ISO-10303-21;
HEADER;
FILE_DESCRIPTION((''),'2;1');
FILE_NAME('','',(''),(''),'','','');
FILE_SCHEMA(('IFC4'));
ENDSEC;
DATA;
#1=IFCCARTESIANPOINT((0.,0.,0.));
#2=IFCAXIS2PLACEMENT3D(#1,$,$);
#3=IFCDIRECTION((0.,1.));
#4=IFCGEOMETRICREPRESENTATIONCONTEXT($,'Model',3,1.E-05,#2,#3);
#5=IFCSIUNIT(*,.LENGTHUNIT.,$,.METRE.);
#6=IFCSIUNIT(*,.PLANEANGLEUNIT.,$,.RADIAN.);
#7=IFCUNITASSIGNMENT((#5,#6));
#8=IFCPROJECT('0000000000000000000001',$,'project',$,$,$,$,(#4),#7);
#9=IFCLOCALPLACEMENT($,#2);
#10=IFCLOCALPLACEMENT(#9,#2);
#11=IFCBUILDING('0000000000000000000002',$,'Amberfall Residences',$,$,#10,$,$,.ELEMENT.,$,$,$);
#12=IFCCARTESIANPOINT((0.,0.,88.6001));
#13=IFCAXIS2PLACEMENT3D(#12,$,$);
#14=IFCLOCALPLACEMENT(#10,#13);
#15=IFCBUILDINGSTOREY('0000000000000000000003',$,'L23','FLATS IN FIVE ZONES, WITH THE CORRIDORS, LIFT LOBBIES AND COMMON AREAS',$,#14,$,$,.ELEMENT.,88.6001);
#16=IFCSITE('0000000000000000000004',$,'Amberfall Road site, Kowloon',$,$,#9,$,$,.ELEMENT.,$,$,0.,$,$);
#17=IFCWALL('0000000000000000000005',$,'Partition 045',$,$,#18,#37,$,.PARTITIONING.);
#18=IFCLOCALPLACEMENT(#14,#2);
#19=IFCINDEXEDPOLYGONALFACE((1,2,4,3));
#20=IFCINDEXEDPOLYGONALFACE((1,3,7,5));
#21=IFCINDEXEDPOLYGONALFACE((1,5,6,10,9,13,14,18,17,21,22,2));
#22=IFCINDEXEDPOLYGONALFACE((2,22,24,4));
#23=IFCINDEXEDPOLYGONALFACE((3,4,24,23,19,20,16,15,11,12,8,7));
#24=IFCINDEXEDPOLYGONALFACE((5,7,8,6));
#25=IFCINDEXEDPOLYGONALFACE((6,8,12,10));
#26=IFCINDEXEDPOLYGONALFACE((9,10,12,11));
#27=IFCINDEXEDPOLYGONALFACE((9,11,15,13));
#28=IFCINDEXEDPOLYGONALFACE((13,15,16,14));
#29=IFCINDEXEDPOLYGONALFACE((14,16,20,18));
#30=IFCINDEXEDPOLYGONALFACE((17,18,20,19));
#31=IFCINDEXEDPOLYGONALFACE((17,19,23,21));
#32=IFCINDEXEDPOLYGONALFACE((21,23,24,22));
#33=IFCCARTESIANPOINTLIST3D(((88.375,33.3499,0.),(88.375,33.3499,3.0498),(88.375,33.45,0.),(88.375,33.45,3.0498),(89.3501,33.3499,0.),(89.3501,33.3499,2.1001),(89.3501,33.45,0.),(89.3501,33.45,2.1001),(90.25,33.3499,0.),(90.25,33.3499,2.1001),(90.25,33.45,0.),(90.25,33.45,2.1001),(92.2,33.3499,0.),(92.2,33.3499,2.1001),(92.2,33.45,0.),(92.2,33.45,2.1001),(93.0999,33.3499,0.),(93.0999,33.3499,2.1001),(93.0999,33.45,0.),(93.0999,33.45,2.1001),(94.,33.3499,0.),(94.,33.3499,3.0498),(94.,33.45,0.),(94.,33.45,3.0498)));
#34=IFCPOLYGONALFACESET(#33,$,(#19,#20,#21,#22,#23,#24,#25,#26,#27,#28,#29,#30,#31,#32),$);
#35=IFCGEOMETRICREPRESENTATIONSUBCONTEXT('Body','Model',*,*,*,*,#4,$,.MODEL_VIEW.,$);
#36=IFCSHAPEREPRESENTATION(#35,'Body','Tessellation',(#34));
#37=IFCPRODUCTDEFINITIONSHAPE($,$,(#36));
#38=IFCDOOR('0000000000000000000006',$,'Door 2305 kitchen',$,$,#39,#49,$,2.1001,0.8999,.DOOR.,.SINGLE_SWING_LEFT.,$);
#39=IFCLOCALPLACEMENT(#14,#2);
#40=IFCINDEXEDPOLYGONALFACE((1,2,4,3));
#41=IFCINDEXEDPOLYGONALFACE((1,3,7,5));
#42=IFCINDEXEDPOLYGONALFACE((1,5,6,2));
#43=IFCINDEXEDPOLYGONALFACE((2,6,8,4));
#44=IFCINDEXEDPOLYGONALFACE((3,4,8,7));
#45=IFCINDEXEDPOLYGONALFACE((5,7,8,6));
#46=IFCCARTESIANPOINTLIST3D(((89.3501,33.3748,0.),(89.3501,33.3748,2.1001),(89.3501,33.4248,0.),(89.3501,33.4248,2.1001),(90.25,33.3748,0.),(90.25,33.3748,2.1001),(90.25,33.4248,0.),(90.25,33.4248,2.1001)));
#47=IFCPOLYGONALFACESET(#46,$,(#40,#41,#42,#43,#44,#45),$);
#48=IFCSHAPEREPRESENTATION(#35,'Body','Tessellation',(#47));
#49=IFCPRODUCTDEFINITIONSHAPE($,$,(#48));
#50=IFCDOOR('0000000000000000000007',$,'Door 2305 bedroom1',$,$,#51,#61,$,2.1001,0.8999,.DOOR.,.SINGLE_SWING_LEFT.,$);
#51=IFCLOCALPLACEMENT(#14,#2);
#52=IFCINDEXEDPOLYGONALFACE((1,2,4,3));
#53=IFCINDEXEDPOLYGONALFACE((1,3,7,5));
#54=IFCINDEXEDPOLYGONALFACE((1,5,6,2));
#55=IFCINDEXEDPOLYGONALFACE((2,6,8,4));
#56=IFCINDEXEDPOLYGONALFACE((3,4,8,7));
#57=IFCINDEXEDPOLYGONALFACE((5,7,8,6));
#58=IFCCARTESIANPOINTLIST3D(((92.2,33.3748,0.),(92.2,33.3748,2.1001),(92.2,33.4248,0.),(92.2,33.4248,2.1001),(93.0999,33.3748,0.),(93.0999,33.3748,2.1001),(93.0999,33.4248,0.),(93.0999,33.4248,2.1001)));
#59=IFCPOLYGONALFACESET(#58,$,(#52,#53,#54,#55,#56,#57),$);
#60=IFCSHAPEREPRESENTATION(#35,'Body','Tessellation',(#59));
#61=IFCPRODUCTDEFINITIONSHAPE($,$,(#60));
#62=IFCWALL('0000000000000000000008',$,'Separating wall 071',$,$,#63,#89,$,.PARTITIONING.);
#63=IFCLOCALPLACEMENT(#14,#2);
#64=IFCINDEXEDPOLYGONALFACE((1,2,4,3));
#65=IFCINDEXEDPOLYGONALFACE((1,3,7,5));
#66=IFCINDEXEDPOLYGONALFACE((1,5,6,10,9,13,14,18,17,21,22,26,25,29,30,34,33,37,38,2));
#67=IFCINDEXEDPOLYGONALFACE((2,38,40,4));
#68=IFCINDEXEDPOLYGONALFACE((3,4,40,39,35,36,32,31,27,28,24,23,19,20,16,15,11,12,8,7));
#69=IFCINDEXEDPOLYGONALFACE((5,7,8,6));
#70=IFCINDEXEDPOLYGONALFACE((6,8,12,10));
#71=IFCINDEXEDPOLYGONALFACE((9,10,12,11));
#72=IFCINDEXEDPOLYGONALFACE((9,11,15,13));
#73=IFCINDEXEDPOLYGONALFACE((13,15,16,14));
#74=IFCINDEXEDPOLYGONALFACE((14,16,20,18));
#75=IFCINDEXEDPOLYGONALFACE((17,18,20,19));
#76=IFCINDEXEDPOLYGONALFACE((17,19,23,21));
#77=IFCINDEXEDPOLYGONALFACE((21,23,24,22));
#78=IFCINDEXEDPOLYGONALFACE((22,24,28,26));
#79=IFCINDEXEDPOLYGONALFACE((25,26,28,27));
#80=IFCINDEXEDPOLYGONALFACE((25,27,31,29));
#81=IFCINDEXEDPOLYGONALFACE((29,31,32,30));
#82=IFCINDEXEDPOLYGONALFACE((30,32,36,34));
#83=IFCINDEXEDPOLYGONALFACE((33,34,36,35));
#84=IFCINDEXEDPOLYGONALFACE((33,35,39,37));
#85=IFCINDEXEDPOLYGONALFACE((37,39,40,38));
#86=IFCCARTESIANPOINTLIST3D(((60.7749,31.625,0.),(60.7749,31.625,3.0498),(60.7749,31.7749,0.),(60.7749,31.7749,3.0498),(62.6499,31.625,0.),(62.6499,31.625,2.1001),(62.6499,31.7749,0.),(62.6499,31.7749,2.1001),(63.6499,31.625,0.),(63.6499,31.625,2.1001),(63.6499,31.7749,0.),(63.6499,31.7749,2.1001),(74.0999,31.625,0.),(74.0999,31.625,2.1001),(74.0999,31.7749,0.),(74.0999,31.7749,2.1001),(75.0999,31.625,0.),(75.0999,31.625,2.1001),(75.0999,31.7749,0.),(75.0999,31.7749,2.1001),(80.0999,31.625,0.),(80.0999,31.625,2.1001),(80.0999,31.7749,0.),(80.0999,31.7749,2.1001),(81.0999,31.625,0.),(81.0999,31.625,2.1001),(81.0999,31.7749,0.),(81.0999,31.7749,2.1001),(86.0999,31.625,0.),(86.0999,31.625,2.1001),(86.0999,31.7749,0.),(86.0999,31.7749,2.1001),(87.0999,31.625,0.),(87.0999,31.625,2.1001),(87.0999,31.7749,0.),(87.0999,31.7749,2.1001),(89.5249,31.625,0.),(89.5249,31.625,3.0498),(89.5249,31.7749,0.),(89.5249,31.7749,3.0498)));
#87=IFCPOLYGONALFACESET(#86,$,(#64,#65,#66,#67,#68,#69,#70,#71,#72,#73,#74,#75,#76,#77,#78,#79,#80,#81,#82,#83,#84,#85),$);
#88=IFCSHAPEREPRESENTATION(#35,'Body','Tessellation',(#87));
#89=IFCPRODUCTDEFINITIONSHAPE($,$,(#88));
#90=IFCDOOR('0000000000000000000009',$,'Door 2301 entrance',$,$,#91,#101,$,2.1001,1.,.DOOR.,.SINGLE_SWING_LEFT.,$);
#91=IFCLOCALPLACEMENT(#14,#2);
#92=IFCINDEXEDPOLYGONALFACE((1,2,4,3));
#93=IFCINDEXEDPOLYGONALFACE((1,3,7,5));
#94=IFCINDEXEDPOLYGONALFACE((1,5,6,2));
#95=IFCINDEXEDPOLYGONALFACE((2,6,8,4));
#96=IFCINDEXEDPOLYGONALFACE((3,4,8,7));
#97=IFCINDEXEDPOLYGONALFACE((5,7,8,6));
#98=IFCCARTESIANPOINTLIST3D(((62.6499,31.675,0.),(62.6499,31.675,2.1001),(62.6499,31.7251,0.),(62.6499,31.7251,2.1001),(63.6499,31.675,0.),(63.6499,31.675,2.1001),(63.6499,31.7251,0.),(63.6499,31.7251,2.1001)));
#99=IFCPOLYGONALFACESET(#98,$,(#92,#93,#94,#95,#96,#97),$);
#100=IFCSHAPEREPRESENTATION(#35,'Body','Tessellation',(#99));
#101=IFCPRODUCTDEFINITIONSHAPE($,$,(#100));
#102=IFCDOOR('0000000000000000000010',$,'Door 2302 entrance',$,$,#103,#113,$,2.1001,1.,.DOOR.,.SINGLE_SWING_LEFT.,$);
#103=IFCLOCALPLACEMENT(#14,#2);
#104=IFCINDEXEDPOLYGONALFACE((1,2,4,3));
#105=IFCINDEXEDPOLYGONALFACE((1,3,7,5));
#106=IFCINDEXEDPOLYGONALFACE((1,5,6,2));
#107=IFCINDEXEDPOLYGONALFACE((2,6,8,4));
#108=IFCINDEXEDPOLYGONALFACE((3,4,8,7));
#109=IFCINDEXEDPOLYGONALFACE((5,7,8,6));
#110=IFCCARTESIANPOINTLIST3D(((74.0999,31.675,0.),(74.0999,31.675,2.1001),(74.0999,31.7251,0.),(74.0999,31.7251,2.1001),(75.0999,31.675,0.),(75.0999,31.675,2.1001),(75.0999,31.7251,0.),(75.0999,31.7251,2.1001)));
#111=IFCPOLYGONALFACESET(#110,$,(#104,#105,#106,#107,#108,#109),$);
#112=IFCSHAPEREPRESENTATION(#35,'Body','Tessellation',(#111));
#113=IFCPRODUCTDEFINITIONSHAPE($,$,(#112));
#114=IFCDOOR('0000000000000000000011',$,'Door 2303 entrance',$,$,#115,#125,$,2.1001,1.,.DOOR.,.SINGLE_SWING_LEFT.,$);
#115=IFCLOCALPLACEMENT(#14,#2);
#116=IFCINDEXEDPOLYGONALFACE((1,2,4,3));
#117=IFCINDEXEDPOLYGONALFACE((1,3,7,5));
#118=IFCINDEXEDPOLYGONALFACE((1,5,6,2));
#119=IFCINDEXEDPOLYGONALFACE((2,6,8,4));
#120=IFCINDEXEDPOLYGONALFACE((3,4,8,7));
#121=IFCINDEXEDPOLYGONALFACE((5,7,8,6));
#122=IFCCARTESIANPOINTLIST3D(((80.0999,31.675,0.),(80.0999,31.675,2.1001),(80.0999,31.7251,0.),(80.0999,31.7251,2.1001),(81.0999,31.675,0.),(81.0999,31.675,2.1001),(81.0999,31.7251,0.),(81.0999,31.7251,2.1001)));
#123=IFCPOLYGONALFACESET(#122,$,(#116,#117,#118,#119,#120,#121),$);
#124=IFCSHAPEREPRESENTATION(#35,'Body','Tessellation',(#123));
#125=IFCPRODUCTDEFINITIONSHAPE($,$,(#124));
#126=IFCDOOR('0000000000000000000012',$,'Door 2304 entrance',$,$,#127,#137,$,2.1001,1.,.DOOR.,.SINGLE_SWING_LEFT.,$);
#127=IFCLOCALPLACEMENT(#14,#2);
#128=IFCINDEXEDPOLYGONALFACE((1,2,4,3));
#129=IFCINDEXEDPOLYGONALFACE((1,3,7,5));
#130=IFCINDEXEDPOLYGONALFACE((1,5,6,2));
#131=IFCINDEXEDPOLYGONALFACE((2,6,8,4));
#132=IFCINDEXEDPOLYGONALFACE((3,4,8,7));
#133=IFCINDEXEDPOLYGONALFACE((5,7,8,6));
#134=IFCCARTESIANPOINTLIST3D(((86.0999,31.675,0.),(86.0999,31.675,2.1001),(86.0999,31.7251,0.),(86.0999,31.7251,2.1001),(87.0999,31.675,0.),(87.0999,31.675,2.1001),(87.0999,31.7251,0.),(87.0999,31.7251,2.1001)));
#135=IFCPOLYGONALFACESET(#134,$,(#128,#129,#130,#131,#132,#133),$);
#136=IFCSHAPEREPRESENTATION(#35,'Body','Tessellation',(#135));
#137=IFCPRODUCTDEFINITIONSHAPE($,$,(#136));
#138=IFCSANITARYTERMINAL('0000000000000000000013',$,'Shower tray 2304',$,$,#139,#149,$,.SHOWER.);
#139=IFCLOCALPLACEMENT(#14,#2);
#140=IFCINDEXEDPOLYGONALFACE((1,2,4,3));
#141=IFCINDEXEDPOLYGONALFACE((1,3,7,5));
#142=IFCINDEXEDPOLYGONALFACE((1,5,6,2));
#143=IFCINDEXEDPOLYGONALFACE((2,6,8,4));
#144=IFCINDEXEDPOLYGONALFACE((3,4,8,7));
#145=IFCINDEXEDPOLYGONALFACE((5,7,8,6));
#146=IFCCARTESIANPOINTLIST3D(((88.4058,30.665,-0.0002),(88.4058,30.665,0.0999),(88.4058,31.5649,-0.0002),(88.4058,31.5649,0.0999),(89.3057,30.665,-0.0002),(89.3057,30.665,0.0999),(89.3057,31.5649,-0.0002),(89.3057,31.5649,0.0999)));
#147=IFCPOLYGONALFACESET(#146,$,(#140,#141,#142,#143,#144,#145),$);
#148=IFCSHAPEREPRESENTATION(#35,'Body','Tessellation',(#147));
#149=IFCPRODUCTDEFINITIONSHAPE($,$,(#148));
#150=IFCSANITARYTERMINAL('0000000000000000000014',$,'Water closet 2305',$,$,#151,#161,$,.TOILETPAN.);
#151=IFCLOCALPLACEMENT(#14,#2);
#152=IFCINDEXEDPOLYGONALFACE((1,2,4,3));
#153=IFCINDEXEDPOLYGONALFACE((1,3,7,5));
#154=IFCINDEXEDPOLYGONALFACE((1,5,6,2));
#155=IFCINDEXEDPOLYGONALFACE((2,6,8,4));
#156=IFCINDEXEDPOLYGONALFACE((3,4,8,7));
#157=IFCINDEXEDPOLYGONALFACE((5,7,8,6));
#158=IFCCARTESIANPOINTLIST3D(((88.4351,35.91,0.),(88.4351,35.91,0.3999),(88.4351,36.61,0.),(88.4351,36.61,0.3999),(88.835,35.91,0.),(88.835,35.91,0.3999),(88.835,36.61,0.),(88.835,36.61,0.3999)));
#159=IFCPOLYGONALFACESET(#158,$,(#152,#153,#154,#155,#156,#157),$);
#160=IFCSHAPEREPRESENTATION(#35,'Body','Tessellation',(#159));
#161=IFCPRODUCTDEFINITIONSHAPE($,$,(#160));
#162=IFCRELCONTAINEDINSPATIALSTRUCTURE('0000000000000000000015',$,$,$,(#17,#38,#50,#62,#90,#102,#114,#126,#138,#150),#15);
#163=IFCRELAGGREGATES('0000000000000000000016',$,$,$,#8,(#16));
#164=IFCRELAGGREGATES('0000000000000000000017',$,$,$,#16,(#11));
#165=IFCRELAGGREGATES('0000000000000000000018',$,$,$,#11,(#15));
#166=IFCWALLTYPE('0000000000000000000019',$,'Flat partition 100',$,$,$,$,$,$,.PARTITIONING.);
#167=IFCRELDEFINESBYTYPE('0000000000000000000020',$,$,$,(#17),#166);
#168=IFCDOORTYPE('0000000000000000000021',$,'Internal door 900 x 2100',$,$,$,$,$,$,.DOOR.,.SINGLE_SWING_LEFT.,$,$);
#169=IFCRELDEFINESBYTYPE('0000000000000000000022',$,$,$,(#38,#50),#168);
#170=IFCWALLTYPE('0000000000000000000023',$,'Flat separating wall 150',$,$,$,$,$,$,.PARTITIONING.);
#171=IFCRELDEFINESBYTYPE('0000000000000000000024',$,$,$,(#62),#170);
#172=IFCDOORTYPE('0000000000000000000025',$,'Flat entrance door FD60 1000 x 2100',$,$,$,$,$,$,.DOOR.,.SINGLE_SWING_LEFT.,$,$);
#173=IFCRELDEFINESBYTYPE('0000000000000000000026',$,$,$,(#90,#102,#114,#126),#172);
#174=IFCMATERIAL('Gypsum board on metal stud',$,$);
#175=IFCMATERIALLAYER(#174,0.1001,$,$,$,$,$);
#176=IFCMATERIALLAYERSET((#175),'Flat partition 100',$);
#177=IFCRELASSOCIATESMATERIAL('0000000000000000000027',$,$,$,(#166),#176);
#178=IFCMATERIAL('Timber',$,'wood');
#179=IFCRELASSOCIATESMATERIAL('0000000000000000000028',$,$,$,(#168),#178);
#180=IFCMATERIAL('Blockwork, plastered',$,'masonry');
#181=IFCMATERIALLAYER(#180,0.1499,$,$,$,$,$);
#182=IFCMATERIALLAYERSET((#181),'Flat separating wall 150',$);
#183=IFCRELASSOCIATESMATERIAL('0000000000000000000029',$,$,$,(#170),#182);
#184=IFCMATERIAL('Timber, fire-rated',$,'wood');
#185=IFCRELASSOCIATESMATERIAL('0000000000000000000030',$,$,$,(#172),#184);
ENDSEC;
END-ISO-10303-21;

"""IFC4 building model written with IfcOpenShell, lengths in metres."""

from ifc_helpers import new_model, si_unit, direction, frame, frame_2d, origin, origin_2d, place, context, subcontext, project, spatial, rectangle, extrude, material, layer, layer_set, type_object, element, fill, save


model = new_model("IFC4")

# Units and contexts
model_context = context("Model", 3, precision=1e-05, world=origin(), true_north=direction((0.0, 1.0)))
body_context = subcontext(model_context, "Body", "Model", "MODEL_VIEW")
ifc_project = project(units=[si_unit("LENGTHUNIT", "METRE"), si_unit("PLANEANGLEUNIT", "RADIAN")], contexts=[model_context])

# Site, building, storey
site_placement = place(None, origin())
site = spatial("IfcSite", under=ifc_project, at=site_placement, Name="Amberfall Road site, Kowloon", CompositionType="ELEMENT", RefElevation=0.0)
building_placement = place(site_placement, origin())
building = spatial("IfcBuilding", under=site, at=building_placement, Name="Amberfall Residences", CompositionType="ELEMENT")
storey_placement = place(building_placement, frame((0.0, 0.0, 88.6001)))
storey = spatial("IfcBuildingStorey", under=building, at=storey_placement, Name="L23", Description="FLATS IN FIVE ZONES, WITH THE CORRIDORS, LIFT LOBBIES AND COMMON AREAS", CompositionType="ELEMENT", Elevation=88.6001)

# Shared definitions
ifc_material_1 = material(Name="Gypsum board on metal stud")
ifc_layer_1 = layer(ifc_material_1, 0.1001)
ifc_layer_set_1 = layer_set([ifc_layer_1], Name="Flat partition 100")
wall_type_1 = type_object("IfcWallType", Name="Flat partition 100", PredefinedType="PARTITIONING", material=ifc_layer_set_1)
ifc_material_2 = material(Name="Timber", Category="wood")

# Walls, openings, doors
wall_1_placement = place(storey_placement, frame((88.375, 33.3999, 0.0), z_axis=(0.0, 0.0, 1.0), x_axis=(1.0, 0.0, 0.0)))
wall_1 = element("IfcWall", 1, at=wall_1_placement, inside=storey, type_object=wall_type_1, Name="Partition 045", PredefinedType="PARTITIONING", context=body_context, shape_type="SweptSolid", body=[
    extrude(rectangle(XDim=5.625, YDim=0.1001, at=frame_2d((2.8125, 0.0))), origin(), (0.0, 0.0, 1.0), 3.0498),
])
opening_1_placement = place(wall_1_placement, frame((0.9751, 0.0, 0.0)))
opening_1 = element("IfcOpeningElement", 2, at=opening_1_placement, cuts=wall_1, PredefinedType="OPENING", context=body_context, shape_type="SweptSolid", body=[
    extrude(rectangle(XDim=0.8999, YDim=2.1001, at=frame_2d((0.45, 1.05))), frame((0.0, 0.0601, 0.0), z_axis=(0.0, -1.0, 0.0), x_axis=(1.0, 0.0, 0.0)), (0.0, 0.0, 1.0), 0.1201),
])
opening_2_placement = place(wall_1_placement, frame((3.825, 0.0, 0.0)))
opening_2 = element("IfcOpeningElement", 3, at=opening_2_placement, cuts=wall_1, PredefinedType="OPENING", context=body_context, shape_type="SweptSolid", body=[
    extrude(rectangle(XDim=0.8999, YDim=2.1001, at=frame_2d((0.45, 1.05))), frame((0.0, 0.0601, 0.0), z_axis=(0.0, -1.0, 0.0), x_axis=(1.0, 0.0, 0.0)), (0.0, 0.0, 1.0), 0.1201),
])
door_type_1 = type_object("IfcDoorType", Name="Internal door 900 x 2100", OperationType="SINGLE_SWING_LEFT", PredefinedType="DOOR", material=ifc_material_2)
door_1_placement = place(opening_1_placement, origin())
door_1 = element("IfcDoor", 4, at=door_1_placement, inside=storey, type_object=door_type_1, Name="Door 2305 kitchen", OperationType="SINGLE_SWING_LEFT", OverallHeight=2.1001, OverallWidth=0.8999, PredefinedType="DOOR", context=body_context, shape_type="SweptSolid", body=[
    extrude(rectangle(XDim=0.8999, YDim=2.1001, at=frame_2d((0.45, 1.05))), frame((0.0, 0.0249, 0.0), z_axis=(0.0, -1.0, 0.0), x_axis=(1.0, 0.0, 0.0)), (0.0, 0.0, 1.0), 0.05),
])
fill(opening_1, door_1)
door_2_placement = place(opening_2_placement, origin())
door_2 = element("IfcDoor", 5, at=door_2_placement, inside=storey, type_object=door_type_1, Name="Door 2305 bedroom1", OperationType="SINGLE_SWING_LEFT", OverallHeight=2.1001, OverallWidth=0.8999, PredefinedType="DOOR", context=body_context, shape_type="SweptSolid", body=[
    extrude(rectangle(XDim=0.8999, YDim=2.1001, at=frame_2d((0.45, 1.05))), frame((0.0, 0.0249, 0.0), z_axis=(0.0, -1.0, 0.0), x_axis=(1.0, 0.0, 0.0)), (0.0, 0.0, 1.0), 0.05),
])
fill(opening_2, door_2)
ifc_material_3 = material(Name="Blockwork, plastered", Category="masonry")
ifc_layer_2 = layer(ifc_material_3, 0.1499)
ifc_layer_set_2 = layer_set([ifc_layer_2], Name="Flat separating wall 150")
wall_type_2 = type_object("IfcWallType", Name="Flat separating wall 150", PredefinedType="PARTITIONING", material=ifc_layer_set_2)
wall_2_placement = place(storey_placement, frame((89.5249, 31.7, 0.0), z_axis=(0.0, 0.0, 1.0), x_axis=(-1.0, 0.0, 0.0)))
wall_2 = element("IfcWall", 6, at=wall_2_placement, inside=storey, type_object=wall_type_2, Name="Separating wall 071", PredefinedType="PARTITIONING", context=body_context, shape_type="SweptSolid", body=[
    extrude(rectangle(XDim=28.75, YDim=0.1499, at=frame_2d((14.375, 0.0))), origin(), (0.0, 0.0, 1.0), 3.0498),
])
opening_3_placement = place(wall_2_placement, frame((25.875, 0.0, 0.0)))
opening_3 = element("IfcOpeningElement", 7, at=opening_3_placement, cuts=wall_2, PredefinedType="OPENING", context=body_context, shape_type="SweptSolid", body=[
    extrude(rectangle(XDim=1.0, YDim=2.1001, at=frame_2d((0.5, 1.05))), frame((0.0, 0.085, 0.0), z_axis=(0.0, -1.0, 0.0), x_axis=(1.0, 0.0, 0.0)), (0.0, 0.0, 1.0), 0.1699),
])
opening_4_placement = place(wall_2_placement, frame((14.425, 0.0, 0.0)))
opening_4 = element("IfcOpeningElement", 8, at=opening_4_placement, cuts=wall_2, PredefinedType="OPENING", context=body_context, shape_type="SweptSolid", body=[
    extrude(rectangle(XDim=1.0, YDim=2.1001, at=frame_2d((0.5, 1.05))), frame((0.0, 0.085, 0.0), z_axis=(0.0, -1.0, 0.0), x_axis=(1.0, 0.0, 0.0)), (0.0, 0.0, 1.0), 0.1699),
])
opening_5_placement = place(wall_2_placement, frame((8.425, 0.0, 0.0)))
opening_5 = element("IfcOpeningElement", 9, at=opening_5_placement, cuts=wall_2, PredefinedType="OPENING", context=body_context, shape_type="SweptSolid", body=[
    extrude(rectangle(XDim=1.0, YDim=2.1001, at=frame_2d((0.5, 1.05))), frame((0.0, 0.085, 0.0), z_axis=(0.0, -1.0, 0.0), x_axis=(1.0, 0.0, 0.0)), (0.0, 0.0, 1.0), 0.1699),
])
opening_6_placement = place(wall_2_placement, frame((2.425, 0.0, 0.0)))
opening_6 = element("IfcOpeningElement", 10, at=opening_6_placement, cuts=wall_2, PredefinedType="OPENING", context=body_context, shape_type="SweptSolid", body=[
    extrude(rectangle(XDim=1.0, YDim=2.1001, at=frame_2d((0.5, 1.05))), frame((0.0, 0.085, 0.0), z_axis=(0.0, -1.0, 0.0), x_axis=(1.0, 0.0, 0.0)), (0.0, 0.0, 1.0), 0.1699),
])
ifc_material_4 = material(Name="Timber, fire-rated", Category="wood")
door_type_2 = type_object("IfcDoorType", Name="Flat entrance door FD60 1000 x 2100", OperationType="SINGLE_SWING_LEFT", PredefinedType="DOOR", material=ifc_material_4)
door_3_placement = place(opening_3_placement, origin())
door_3 = element("IfcDoor", 11, at=door_3_placement, inside=storey, type_object=door_type_2, Name="Door 2301 entrance", OperationType="SINGLE_SWING_LEFT", OverallHeight=2.1001, OverallWidth=1.0, PredefinedType="DOOR", context=body_context, shape_type="SweptSolid", body=[
    extrude(rectangle(XDim=1.0, YDim=2.1001, at=frame_2d((0.5, 1.05))), frame((0.0, 0.0249, 0.0), z_axis=(0.0, -1.0, 0.0), x_axis=(1.0, 0.0, 0.0)), (0.0, 0.0, 1.0), 0.05),
])
fill(opening_3, door_3)
door_4_placement = place(opening_4_placement, origin())
door_4 = element("IfcDoor", 12, at=door_4_placement, inside=storey, type_object=door_type_2, Name="Door 2302 entrance", OperationType="SINGLE_SWING_LEFT", OverallHeight=2.1001, OverallWidth=1.0, PredefinedType="DOOR", context=body_context, shape_type="SweptSolid", body=[
    extrude(rectangle(XDim=1.0, YDim=2.1001, at=frame_2d((0.5, 1.05))), frame((0.0, 0.0249, 0.0), z_axis=(0.0, -1.0, 0.0), x_axis=(1.0, 0.0, 0.0)), (0.0, 0.0, 1.0), 0.05),
])
fill(opening_4, door_4)
door_5_placement = place(opening_5_placement, origin())
door_5 = element("IfcDoor", 13, at=door_5_placement, inside=storey, type_object=door_type_2, Name="Door 2303 entrance", OperationType="SINGLE_SWING_LEFT", OverallHeight=2.1001, OverallWidth=1.0, PredefinedType="DOOR", context=body_context, shape_type="SweptSolid", body=[
    extrude(rectangle(XDim=1.0, YDim=2.1001, at=frame_2d((0.5, 1.05))), frame((0.0, 0.0249, 0.0), z_axis=(0.0, -1.0, 0.0), x_axis=(1.0, 0.0, 0.0)), (0.0, 0.0, 1.0), 0.05),
])
fill(opening_5, door_5)
door_6_placement = place(opening_6_placement, origin())
door_6 = element("IfcDoor", 14, at=door_6_placement, inside=storey, type_object=door_type_2, Name="Door 2304 entrance", OperationType="SINGLE_SWING_LEFT", OverallHeight=2.1001, OverallWidth=1.0, PredefinedType="DOOR", context=body_context, shape_type="SweptSolid", body=[
    extrude(rectangle(XDim=1.0, YDim=2.1001, at=frame_2d((0.5, 1.05))), frame((0.0, 0.0249, 0.0), z_axis=(0.0, -1.0, 0.0), x_axis=(1.0, 0.0, 0.0)), (0.0, 0.0, 1.0), 0.05),
])
fill(opening_6, door_6)

# Sanitary terminals
sanitary_terminal_1_placement = place(storey_placement, frame((88.8557, 31.115, -0.0002), z_axis=(0.0, 0.0, 1.0), x_axis=(1.0, 0.0, 0.0)))
element("IfcSanitaryTerminal", 15, at=sanitary_terminal_1_placement, inside=storey, Name="Shower tray 2304", PredefinedType="SHOWER", context=body_context, shape_type="SweptSolid", body=[
    extrude(rectangle(XDim=0.8999, YDim=0.8999, at=origin_2d()), origin(), (0.0, 0.0, 1.0), 0.1001),
])
sanitary_terminal_2_placement = place(storey_placement, frame((88.635, 36.26, 0.0), z_axis=(0.0, 0.0, 1.0), x_axis=(1.0, 0.0, 0.0)))
element("IfcSanitaryTerminal", 16, at=sanitary_terminal_2_placement, inside=storey, Name="Water closet 2305", PredefinedType="TOILETPAN", context=body_context, shape_type="SweptSolid", body=[
    extrude(rectangle(XDim=0.3999, YDim=0.7, at=origin_2d()), origin(), (0.0, 0.0, 1.0), 0.3999),
])

save(model, "model.ifc")
